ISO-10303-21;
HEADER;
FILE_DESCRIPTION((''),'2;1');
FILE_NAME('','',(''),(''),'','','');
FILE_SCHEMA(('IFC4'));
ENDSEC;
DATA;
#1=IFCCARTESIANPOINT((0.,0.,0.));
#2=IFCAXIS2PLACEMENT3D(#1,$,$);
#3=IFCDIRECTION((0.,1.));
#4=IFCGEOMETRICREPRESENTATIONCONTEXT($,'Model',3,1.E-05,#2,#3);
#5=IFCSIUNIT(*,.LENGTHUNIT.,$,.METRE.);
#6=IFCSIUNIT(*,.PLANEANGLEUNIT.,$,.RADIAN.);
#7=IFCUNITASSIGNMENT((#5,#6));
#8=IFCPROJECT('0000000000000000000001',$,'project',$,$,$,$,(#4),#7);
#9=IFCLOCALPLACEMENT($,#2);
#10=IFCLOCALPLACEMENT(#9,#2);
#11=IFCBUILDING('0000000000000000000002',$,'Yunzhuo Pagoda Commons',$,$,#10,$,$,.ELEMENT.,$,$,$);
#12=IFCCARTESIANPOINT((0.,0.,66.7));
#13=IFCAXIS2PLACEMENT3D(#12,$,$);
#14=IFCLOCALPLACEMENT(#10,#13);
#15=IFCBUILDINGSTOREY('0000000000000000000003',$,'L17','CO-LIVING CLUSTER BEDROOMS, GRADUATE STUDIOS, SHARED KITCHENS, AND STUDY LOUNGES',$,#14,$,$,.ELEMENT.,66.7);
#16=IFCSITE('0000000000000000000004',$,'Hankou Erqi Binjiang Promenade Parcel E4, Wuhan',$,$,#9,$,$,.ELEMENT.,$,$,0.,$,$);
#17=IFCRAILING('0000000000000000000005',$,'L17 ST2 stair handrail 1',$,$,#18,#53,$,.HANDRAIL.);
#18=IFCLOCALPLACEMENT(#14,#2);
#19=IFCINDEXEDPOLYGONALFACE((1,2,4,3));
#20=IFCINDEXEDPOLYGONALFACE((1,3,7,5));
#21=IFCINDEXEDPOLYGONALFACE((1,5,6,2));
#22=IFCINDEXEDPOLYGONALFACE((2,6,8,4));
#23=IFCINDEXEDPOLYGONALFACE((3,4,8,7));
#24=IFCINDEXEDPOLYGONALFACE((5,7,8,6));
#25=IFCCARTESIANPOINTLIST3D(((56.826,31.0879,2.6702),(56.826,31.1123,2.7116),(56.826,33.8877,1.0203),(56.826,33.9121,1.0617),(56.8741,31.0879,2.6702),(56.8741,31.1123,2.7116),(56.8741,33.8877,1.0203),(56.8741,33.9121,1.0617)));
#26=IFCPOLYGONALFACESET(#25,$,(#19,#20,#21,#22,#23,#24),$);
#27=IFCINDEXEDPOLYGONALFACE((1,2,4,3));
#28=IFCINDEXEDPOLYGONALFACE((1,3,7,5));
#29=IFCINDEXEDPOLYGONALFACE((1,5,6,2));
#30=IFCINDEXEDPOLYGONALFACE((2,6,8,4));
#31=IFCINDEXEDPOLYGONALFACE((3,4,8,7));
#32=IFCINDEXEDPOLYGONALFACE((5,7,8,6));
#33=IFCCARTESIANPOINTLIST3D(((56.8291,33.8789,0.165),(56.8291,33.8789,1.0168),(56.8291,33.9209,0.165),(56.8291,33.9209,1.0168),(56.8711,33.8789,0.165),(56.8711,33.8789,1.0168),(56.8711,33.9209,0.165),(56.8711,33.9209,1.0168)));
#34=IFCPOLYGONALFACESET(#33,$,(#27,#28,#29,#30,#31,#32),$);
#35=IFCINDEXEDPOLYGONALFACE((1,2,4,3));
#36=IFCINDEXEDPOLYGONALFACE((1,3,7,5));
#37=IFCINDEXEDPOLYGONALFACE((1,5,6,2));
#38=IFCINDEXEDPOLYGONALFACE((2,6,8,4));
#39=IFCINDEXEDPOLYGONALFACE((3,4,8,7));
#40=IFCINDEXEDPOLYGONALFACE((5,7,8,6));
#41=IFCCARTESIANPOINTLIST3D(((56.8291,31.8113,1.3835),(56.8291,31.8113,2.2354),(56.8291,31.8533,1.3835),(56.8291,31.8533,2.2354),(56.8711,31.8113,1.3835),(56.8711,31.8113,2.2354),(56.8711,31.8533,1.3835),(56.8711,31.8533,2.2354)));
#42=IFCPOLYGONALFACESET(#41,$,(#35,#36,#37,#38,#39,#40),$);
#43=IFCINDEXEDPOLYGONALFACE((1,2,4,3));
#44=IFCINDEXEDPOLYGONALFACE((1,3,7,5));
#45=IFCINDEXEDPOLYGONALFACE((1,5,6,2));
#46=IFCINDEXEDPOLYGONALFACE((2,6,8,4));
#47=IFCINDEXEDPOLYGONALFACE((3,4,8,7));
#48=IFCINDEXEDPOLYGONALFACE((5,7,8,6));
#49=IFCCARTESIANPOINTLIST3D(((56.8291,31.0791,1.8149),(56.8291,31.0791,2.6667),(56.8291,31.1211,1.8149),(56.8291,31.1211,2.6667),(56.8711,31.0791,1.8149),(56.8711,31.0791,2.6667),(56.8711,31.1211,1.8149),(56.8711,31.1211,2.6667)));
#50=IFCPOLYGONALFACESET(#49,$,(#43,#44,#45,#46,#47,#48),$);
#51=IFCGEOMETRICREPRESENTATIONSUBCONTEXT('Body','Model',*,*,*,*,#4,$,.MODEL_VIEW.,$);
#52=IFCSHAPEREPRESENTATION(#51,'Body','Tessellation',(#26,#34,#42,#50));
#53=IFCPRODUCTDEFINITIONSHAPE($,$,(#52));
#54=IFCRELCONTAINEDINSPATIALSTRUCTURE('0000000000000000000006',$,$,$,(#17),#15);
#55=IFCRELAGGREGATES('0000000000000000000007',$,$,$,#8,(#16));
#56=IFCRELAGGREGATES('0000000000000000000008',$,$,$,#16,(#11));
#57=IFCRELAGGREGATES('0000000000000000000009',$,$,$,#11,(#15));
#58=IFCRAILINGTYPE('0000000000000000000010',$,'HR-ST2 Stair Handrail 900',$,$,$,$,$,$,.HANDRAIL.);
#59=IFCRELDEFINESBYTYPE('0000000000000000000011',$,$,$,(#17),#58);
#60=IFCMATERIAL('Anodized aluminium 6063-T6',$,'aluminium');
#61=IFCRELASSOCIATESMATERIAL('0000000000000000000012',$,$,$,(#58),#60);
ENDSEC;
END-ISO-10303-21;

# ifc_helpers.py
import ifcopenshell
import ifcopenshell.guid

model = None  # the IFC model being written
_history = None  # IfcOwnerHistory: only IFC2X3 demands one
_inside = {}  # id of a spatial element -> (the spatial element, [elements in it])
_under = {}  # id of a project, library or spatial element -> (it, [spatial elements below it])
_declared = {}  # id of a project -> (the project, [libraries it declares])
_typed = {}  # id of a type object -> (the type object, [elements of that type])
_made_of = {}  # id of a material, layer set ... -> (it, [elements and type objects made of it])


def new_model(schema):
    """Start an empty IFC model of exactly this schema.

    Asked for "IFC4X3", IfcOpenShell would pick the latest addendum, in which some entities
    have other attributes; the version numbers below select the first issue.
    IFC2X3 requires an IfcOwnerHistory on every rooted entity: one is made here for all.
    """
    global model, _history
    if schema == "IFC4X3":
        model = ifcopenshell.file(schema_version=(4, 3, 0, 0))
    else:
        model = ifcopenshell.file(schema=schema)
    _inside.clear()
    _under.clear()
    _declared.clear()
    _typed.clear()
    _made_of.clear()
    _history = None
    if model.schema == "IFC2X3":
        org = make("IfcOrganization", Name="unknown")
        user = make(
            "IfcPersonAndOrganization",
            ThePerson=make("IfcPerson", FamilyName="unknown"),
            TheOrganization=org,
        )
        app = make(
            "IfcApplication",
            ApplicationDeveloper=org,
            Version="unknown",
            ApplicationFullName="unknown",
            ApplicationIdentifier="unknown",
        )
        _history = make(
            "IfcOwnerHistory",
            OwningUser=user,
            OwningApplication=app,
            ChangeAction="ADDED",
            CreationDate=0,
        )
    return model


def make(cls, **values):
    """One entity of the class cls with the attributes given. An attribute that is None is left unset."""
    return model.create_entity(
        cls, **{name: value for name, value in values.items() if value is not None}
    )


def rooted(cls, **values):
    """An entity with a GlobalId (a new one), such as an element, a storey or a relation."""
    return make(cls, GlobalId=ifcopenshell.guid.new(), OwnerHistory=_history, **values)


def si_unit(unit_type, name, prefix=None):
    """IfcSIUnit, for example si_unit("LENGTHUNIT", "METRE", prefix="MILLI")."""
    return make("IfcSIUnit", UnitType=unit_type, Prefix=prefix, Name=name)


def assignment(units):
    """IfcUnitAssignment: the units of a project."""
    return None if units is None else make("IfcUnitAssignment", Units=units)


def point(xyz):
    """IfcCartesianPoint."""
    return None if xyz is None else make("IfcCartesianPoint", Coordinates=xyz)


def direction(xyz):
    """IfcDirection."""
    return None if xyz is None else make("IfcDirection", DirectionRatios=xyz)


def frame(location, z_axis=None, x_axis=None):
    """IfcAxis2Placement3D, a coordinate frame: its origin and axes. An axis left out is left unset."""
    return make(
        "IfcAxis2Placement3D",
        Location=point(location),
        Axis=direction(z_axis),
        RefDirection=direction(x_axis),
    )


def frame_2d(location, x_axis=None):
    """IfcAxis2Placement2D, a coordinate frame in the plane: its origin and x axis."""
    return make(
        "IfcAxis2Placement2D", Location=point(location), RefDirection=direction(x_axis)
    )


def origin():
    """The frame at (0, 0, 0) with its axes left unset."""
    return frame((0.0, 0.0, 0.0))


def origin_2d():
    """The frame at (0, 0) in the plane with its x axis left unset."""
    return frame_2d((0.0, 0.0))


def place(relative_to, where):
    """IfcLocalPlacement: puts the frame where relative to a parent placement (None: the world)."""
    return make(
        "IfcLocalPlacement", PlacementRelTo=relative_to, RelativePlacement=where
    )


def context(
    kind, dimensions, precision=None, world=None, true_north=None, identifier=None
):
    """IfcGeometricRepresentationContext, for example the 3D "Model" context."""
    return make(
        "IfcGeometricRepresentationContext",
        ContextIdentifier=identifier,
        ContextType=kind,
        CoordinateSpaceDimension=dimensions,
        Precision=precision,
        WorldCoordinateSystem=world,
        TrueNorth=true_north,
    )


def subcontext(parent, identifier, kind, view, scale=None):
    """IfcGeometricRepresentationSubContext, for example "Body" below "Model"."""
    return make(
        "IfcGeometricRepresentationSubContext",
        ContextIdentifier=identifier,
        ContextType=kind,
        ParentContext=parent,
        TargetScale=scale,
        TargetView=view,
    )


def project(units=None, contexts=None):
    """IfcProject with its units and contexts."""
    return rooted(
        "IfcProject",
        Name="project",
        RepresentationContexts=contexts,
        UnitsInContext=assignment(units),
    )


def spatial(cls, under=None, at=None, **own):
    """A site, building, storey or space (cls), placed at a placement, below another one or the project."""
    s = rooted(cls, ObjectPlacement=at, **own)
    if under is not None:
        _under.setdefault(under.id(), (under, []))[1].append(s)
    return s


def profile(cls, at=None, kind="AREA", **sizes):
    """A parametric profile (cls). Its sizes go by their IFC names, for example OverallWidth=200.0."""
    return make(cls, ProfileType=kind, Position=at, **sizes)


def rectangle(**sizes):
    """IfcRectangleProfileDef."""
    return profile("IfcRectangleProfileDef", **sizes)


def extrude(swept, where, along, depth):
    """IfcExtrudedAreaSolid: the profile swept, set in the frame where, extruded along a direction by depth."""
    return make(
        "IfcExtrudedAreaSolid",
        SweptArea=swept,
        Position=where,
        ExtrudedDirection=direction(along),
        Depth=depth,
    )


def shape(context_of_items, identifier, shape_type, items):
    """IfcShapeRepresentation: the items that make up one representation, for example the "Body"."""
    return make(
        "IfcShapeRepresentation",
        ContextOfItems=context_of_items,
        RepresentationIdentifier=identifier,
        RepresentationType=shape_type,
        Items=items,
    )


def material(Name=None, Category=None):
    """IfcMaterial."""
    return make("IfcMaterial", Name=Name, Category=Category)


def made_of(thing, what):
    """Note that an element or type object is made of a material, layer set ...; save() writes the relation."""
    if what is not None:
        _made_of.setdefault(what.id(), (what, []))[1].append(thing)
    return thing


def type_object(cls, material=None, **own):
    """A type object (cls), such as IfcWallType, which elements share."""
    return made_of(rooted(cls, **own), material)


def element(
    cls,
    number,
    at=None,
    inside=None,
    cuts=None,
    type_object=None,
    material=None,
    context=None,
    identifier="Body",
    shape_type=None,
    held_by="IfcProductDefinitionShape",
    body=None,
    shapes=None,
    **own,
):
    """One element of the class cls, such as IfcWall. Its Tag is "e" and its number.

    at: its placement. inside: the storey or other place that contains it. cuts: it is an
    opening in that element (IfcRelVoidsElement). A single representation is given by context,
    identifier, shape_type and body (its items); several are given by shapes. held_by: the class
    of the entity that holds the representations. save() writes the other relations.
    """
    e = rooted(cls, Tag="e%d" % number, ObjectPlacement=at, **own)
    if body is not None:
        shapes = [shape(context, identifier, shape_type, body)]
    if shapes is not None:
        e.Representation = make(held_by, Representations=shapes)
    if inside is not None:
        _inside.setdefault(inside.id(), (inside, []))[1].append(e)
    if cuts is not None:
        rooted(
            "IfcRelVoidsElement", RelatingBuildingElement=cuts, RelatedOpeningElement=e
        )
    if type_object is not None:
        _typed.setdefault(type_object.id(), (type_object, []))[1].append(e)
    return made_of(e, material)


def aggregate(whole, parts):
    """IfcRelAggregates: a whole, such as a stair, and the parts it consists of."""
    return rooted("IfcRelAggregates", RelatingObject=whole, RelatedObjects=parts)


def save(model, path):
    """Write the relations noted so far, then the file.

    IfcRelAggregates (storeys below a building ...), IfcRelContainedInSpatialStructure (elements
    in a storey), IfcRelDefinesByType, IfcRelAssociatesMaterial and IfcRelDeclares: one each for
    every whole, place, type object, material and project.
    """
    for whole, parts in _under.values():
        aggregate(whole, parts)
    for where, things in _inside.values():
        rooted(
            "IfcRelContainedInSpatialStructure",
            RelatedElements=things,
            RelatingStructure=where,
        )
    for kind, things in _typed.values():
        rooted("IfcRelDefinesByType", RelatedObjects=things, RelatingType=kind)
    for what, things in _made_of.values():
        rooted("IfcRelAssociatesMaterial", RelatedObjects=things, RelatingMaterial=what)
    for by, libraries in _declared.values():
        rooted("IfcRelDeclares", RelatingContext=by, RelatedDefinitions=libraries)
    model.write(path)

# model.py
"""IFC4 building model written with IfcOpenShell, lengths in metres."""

from ifc_helpers import new_model, si_unit, direction, frame, origin, origin_2d, place, context, subcontext, project, spatial, rectangle, extrude, material, type_object, element, save


model = new_model("IFC4")

# Units and contexts
model_context = context("Model", 3, precision=1e-05, world=origin(), true_north=direction((0.0, 1.0)))
body_context = subcontext(model_context, "Body", "Model", "MODEL_VIEW")
ifc_project = project(units=[si_unit("LENGTHUNIT", "METRE"), si_unit("PLANEANGLEUNIT", "RADIAN")], contexts=[model_context])

# Site, building, storey
site_placement = place(None, origin())
site = spatial("IfcSite", under=ifc_project, at=site_placement, Name="Hankou Erqi Binjiang Promenade Parcel E4, Wuhan", CompositionType="ELEMENT", RefElevation=0.0)
building_placement = place(site_placement, origin())
building = spatial("IfcBuilding", under=site, at=building_placement, Name="Yunzhuo Pagoda Commons", CompositionType="ELEMENT")
storey_placement = place(building_placement, frame((0.0, 0.0, 66.7)))
storey = spatial("IfcBuildingStorey", under=building, at=storey_placement, Name="L17", Description="CO-LIVING CLUSTER BEDROOMS, GRADUATE STUDIOS, SHARED KITCHENS, AND STUDY LOUNGES", CompositionType="ELEMENT", Elevation=66.7)

# Railing
ifc_material_1 = material(Name="Anodized aluminium 6063-T6", Category="aluminium")
railing_type_1 = type_object("IfcRailingType", Name="HR-ST2 Stair Handrail 900", PredefinedType="HANDRAIL", material=ifc_material_1)
railing_1_placement = place(storey_placement, frame((56.8501, 33.8999, 0.165)))
element("IfcRailing", 1, at=railing_1_placement, inside=storey, type_object=railing_type_1, Name="L17 ST2 stair handrail 1", PredefinedType="HANDRAIL", context=body_context, shape_type="SweptSolid", body=[
    extrude(rectangle(XDim=0.0481, YDim=0.0481, at=origin_2d()), frame((0.0, 0.0, 0.876), z_axis=(0.0, -0.861536, 0.507696), x_axis=(1.0, 0.0, 0.0)), (0.0, 0.0, 1.0), 3.2498),
    extrude(rectangle(XDim=0.042, YDim=0.042, at=origin_2d()), origin(), (0.0, 0.0, 1.0), 0.8518),
    extrude(rectangle(XDim=0.042, YDim=0.042, at=origin_2d()), frame((0.0, -2.0676, 1.2185)), (0.0, 0.0, 1.0), 0.8518),
    extrude(rectangle(XDim=0.042, YDim=0.042, at=origin_2d()), frame((0.0, -2.7998, 1.6499)), (0.0, 0.0, 1.0), 0.8518),
])

save(model, "model.ifc")
